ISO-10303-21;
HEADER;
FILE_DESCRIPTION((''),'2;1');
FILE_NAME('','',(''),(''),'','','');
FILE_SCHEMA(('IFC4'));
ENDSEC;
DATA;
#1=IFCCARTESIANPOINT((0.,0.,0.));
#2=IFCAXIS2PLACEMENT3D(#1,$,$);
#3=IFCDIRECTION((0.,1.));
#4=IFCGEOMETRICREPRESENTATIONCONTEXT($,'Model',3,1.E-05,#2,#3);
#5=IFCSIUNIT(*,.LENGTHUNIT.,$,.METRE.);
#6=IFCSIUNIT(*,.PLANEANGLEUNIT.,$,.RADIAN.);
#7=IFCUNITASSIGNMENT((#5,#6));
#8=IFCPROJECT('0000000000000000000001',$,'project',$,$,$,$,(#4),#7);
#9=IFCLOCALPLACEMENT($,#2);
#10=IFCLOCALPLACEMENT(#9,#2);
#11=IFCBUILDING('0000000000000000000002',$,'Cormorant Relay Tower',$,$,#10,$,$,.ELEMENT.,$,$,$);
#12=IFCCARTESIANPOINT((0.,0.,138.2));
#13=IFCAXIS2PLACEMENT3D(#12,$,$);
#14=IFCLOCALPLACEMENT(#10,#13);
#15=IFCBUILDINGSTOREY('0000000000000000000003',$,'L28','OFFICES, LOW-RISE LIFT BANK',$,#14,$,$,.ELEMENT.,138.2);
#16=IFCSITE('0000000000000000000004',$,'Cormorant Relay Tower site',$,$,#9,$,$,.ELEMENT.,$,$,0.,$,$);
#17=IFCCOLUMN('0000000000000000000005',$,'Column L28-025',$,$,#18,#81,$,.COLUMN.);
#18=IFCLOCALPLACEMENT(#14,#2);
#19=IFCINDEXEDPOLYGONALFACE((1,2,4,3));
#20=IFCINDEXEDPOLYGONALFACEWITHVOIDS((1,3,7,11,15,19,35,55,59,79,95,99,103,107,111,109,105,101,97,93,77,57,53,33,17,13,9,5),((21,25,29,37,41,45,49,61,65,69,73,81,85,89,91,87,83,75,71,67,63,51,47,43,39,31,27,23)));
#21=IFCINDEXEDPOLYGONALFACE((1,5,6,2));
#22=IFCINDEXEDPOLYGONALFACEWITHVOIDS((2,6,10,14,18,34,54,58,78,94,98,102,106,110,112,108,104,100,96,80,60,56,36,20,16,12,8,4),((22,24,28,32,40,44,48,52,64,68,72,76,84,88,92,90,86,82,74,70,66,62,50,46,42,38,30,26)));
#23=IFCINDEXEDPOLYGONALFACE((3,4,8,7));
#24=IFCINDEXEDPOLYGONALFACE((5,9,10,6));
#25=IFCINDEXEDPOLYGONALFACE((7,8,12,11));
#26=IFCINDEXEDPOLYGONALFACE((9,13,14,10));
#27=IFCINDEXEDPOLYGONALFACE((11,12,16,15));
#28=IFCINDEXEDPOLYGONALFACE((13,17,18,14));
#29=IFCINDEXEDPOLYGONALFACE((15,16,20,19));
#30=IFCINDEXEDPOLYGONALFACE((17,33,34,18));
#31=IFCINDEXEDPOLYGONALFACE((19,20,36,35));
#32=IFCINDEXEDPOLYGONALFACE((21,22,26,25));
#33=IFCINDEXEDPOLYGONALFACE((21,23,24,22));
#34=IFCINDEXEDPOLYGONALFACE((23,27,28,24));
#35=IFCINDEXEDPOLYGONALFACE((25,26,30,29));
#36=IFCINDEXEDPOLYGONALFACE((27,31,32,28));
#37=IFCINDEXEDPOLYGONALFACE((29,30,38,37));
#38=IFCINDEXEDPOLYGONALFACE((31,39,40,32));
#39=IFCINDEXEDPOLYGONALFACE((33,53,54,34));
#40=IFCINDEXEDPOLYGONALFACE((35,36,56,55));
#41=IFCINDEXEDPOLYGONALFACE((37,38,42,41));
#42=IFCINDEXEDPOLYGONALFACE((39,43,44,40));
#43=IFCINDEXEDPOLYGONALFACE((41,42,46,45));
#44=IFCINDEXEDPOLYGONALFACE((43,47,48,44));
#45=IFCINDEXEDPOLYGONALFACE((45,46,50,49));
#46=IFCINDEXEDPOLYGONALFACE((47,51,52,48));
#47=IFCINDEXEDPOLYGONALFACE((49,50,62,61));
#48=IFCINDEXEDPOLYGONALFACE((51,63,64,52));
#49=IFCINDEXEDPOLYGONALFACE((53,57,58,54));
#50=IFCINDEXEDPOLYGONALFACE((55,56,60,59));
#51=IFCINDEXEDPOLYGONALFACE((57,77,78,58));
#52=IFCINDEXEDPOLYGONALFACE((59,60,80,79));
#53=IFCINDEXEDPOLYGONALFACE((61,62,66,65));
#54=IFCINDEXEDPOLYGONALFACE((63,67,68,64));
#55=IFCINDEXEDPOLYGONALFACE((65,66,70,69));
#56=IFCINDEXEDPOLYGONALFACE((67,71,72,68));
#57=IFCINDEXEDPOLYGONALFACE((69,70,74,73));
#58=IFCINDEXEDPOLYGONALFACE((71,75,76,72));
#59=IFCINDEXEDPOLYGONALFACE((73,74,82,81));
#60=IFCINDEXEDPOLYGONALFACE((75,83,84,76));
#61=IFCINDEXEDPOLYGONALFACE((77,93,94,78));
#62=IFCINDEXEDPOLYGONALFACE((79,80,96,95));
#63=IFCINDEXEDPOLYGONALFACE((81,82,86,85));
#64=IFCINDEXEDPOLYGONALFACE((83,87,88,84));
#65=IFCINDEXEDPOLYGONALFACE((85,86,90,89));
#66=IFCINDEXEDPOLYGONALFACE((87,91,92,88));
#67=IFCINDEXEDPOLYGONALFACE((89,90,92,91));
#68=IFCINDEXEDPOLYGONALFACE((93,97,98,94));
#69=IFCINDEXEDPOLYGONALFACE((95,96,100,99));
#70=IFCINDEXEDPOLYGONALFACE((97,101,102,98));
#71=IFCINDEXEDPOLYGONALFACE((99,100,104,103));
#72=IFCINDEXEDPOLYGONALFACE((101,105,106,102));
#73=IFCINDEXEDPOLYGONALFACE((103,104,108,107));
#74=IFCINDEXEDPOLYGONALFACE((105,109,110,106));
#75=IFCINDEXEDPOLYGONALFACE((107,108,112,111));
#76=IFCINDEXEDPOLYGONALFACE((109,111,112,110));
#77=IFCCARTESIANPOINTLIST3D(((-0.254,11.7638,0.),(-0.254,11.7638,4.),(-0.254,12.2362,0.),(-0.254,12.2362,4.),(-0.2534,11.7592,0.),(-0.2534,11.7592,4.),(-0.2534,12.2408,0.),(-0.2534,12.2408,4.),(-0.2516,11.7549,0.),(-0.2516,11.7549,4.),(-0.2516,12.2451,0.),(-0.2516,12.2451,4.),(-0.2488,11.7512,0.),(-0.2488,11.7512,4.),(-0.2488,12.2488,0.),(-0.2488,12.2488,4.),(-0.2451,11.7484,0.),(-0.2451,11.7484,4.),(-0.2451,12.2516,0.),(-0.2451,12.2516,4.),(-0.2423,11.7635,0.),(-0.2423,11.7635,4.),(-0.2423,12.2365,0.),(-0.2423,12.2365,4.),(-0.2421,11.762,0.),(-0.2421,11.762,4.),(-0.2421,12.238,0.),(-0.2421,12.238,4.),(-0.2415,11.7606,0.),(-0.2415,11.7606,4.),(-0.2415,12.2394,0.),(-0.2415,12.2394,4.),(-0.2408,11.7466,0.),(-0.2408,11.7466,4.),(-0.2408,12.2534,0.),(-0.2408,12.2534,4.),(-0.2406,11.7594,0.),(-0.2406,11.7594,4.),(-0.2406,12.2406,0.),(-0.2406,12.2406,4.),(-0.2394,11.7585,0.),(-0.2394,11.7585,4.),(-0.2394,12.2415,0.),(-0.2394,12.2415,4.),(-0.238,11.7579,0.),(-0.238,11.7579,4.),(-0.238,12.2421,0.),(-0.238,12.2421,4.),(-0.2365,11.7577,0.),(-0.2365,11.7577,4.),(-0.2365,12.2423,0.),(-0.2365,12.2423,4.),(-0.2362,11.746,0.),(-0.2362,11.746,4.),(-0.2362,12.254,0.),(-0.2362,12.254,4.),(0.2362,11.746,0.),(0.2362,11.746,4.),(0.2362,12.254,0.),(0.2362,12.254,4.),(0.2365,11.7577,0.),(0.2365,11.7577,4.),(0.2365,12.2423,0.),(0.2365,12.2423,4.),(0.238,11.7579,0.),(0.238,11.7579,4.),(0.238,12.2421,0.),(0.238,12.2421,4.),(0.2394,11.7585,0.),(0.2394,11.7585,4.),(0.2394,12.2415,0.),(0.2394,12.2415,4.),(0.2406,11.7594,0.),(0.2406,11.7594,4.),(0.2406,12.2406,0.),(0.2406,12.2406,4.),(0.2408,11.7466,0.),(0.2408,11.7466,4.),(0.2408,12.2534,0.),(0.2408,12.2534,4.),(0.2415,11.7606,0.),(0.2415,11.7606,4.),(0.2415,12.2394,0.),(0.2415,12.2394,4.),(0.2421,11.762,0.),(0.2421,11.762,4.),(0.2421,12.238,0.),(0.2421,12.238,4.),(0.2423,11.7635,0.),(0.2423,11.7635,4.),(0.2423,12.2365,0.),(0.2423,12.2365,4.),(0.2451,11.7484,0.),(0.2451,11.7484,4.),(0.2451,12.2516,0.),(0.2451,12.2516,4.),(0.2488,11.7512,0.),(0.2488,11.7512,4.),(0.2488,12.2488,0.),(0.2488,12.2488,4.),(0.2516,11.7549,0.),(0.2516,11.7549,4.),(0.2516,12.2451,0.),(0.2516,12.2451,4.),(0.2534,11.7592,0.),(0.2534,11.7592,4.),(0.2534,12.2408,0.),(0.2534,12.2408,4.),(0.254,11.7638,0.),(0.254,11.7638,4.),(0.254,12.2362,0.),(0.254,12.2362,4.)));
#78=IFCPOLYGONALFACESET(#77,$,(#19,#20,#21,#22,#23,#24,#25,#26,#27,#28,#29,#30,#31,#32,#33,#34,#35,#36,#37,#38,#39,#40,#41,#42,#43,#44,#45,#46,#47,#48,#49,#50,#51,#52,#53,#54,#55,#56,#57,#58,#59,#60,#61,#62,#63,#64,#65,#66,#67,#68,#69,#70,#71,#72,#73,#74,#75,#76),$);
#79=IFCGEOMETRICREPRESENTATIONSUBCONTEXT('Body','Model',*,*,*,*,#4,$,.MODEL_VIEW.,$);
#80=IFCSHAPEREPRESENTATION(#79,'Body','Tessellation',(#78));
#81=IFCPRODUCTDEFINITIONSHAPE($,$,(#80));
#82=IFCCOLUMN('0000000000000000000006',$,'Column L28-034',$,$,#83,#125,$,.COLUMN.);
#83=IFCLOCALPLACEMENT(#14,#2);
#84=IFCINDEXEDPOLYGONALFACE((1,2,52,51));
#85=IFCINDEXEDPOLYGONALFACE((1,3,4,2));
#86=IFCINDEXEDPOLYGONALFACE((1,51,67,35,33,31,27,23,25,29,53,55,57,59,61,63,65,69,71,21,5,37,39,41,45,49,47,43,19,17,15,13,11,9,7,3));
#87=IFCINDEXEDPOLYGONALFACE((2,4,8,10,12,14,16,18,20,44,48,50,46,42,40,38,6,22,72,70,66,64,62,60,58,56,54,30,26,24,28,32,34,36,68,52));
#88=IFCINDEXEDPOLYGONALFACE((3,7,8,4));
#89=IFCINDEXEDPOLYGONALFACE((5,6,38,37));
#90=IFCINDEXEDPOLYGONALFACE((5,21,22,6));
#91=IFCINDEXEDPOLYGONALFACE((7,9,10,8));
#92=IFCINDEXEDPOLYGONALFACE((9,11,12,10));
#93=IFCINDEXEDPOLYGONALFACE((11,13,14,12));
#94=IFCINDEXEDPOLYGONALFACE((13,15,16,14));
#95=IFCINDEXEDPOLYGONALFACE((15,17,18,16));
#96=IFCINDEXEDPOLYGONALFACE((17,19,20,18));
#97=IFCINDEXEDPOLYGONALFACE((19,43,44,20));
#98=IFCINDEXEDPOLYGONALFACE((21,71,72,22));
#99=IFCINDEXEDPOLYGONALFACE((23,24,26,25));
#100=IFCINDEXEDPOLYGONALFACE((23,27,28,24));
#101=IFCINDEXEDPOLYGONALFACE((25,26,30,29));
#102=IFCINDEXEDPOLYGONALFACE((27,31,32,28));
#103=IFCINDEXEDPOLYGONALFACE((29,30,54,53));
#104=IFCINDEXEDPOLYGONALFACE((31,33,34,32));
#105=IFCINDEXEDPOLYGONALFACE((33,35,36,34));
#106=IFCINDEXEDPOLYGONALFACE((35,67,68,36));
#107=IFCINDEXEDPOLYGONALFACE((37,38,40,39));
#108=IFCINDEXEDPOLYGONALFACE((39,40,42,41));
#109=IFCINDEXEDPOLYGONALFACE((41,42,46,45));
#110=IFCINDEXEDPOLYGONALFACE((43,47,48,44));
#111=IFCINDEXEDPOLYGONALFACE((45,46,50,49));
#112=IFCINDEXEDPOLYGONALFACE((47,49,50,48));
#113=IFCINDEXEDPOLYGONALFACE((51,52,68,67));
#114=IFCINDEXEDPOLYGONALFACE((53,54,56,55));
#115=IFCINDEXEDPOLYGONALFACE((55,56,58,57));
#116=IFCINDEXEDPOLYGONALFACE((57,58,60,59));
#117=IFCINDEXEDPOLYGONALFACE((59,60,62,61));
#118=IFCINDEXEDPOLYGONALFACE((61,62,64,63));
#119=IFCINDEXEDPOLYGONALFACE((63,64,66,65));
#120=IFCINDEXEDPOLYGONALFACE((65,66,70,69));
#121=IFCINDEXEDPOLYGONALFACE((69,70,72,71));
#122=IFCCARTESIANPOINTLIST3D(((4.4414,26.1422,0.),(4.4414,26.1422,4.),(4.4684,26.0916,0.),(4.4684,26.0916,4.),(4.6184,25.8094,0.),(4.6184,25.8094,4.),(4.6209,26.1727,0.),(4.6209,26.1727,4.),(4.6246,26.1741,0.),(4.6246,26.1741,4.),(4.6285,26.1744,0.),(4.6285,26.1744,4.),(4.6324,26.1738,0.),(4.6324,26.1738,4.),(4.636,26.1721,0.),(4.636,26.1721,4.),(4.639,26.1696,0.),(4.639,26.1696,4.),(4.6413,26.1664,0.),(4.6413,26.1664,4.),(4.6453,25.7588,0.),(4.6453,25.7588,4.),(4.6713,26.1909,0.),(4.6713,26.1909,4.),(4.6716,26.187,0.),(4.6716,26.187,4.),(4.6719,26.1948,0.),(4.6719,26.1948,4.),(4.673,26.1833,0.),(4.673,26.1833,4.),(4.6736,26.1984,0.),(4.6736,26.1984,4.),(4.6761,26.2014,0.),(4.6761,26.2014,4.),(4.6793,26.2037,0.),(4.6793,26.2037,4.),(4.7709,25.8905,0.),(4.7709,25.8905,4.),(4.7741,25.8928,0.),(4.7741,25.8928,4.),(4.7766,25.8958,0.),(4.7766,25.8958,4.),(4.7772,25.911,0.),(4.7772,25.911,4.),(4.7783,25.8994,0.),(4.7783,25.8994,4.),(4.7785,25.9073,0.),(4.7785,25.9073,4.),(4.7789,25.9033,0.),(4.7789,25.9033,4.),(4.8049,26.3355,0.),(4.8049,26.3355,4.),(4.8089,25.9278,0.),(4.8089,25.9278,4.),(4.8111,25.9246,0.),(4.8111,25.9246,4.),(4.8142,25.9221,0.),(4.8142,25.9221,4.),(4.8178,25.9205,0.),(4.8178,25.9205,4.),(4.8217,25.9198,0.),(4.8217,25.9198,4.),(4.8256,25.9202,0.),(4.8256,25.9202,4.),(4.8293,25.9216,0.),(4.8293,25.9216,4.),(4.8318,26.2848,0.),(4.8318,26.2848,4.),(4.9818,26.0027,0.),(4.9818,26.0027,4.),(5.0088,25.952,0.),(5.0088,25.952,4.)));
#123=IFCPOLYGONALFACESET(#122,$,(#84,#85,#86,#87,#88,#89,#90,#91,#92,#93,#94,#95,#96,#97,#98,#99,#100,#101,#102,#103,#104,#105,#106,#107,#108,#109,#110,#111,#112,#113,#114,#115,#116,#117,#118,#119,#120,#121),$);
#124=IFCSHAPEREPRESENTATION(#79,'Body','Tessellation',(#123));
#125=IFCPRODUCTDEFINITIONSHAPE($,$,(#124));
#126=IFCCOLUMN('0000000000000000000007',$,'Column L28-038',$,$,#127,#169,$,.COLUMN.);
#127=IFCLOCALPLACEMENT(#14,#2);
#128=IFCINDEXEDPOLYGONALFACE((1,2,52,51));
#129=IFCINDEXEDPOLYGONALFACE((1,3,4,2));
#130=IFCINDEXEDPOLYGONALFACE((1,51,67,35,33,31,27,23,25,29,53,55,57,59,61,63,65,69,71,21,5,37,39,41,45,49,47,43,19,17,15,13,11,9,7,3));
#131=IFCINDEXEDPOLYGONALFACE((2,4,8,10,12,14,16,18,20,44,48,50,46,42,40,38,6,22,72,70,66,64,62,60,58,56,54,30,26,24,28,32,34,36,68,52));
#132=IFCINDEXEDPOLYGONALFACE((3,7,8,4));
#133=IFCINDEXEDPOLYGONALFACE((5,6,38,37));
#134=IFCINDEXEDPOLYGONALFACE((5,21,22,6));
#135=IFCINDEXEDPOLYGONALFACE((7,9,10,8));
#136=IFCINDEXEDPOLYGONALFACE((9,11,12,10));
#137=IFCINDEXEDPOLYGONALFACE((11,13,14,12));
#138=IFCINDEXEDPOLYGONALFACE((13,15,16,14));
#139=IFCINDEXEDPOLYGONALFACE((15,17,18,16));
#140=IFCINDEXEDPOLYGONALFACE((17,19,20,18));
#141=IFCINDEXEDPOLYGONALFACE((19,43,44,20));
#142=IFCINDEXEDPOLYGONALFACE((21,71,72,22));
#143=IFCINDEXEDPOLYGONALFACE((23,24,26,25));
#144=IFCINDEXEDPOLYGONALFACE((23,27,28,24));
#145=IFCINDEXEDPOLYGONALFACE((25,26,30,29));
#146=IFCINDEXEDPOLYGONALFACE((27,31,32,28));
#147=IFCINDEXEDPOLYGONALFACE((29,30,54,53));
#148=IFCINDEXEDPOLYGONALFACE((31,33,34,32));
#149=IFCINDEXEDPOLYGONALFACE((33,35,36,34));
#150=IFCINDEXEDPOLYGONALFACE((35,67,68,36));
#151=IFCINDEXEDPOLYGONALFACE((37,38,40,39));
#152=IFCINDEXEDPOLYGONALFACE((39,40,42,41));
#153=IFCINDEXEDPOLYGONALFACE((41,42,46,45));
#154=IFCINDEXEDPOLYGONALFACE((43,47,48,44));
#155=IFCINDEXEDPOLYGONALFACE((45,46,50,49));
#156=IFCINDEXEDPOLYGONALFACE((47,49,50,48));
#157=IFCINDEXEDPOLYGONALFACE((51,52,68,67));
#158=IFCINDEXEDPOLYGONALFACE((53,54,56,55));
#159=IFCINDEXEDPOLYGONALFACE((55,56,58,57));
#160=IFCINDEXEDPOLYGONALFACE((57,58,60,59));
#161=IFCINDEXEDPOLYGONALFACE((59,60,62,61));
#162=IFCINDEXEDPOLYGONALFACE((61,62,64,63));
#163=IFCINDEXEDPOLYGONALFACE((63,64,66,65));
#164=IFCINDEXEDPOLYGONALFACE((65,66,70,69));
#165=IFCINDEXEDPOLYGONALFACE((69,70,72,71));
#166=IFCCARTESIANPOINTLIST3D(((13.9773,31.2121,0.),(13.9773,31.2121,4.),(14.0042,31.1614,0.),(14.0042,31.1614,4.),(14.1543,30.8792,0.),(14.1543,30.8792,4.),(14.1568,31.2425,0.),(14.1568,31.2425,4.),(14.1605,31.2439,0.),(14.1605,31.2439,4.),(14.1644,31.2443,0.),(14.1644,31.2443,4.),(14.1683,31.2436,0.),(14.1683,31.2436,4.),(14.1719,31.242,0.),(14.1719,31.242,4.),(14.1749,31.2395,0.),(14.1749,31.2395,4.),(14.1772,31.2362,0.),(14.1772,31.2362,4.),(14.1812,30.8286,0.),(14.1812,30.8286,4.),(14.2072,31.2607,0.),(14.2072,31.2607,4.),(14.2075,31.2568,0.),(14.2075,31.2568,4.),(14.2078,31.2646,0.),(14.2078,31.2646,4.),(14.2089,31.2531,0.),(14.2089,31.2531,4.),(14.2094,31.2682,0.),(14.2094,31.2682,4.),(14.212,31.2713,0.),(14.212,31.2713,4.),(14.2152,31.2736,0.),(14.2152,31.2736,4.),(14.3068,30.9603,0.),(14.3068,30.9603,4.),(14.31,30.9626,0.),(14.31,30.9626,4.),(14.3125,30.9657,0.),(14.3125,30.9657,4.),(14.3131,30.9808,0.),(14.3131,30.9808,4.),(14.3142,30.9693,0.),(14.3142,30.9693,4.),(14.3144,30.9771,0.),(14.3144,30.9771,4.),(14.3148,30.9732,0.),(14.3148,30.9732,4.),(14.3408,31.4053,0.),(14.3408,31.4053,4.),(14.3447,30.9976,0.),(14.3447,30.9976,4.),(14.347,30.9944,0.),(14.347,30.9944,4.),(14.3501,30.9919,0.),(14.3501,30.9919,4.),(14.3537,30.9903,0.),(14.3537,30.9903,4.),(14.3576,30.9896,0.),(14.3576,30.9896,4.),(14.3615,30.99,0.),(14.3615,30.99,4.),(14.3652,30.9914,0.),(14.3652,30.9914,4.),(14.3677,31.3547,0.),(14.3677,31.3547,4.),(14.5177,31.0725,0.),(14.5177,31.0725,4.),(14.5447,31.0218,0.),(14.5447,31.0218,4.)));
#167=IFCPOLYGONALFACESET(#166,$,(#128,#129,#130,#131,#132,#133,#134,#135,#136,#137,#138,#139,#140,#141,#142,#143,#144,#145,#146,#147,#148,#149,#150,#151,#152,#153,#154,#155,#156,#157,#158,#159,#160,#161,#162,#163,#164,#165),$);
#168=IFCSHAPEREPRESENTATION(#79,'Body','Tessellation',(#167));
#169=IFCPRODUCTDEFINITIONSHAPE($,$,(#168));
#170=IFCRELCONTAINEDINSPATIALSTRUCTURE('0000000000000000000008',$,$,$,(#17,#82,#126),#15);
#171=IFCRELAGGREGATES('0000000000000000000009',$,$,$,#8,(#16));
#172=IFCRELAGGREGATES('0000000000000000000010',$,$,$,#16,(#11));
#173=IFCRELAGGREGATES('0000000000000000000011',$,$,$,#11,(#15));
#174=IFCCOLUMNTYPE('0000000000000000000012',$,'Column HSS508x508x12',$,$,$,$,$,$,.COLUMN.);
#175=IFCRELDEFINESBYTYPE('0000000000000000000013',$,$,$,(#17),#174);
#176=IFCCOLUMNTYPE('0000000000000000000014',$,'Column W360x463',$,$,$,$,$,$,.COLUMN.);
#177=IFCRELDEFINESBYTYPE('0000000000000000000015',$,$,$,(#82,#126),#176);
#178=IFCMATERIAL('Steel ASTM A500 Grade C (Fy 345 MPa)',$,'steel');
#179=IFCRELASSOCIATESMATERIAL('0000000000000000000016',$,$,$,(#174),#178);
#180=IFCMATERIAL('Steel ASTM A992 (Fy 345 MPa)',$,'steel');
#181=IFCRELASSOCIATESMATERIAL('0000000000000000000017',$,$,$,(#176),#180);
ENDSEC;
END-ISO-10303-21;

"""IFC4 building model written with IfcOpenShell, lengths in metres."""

from ifc_helpers import new_model, si_unit, direction, frame, origin, origin_2d, place, context, subcontext, project, spatial, hollow_rectangle, i_section, extrude, material, material_profile, profile_set, type_object, element, save


model = new_model("IFC4")

# Units and contexts
model_context = context("Model", 3, precision=1e-05, world=origin(), true_north=direction((0.0, 1.0)))
body_context = subcontext(model_context, "Body", "Model", "MODEL_VIEW")
ifc_project = project(units=[si_unit("LENGTHUNIT", "METRE"), si_unit("PLANEANGLEUNIT", "RADIAN")], contexts=[model_context])

# Site, building, storey
site_placement = place(None, origin())
site = spatial("IfcSite", under=ifc_project, at=site_placement, Name="Cormorant Relay Tower site", CompositionType="ELEMENT", RefElevation=0.0)
building_placement = place(site_placement, origin())
building = spatial("IfcBuilding", under=site, at=building_placement, Name="Cormorant Relay Tower", CompositionType="ELEMENT")
storey_placement = place(building_placement, frame((0.0, 0.0, 138.2)))
storey = spatial("IfcBuildingStorey", under=building, at=storey_placement, Name="L28", Description="OFFICES, LOW-RISE LIFT BANK", CompositionType="ELEMENT", Elevation=138.2)

# Columns
ifc_material_1 = material(Name="Steel ASTM A500 Grade C (Fy 345 MPa)", Category="steel")
ifc_material_profile_1 = material_profile(ifc_material_1, hollow_rectangle(XDim=0.5081, YDim=0.5081, WallThickness=0.0117, InnerFilletRadius=0.0059, OuterFilletRadius=0.0178, at=origin_2d()), Name="HSS508x508x12")
ifc_profile_set_1 = profile_set([ifc_material_profile_1], Name="Steel ASTM A500 Grade C (Fy 345 MPa)")
column_type_1 = type_object("IfcColumnType", Name="Column HSS508x508x12", PredefinedType="COLUMN", material=ifc_profile_set_1)
column_1_placement = place(storey_placement, frame((0.0, 12.0, 0.0), z_axis=(0.0, 0.0, 1.0), x_axis=(1.0, 0.0, 0.0)))
element("IfcColumn", 1, at=column_1_placement, inside=storey, type_object=column_type_1, Name="Column L28-025", PredefinedType="COLUMN", context=body_context, shape_type="SweptSolid", body=[
    extrude(hollow_rectangle(XDim=0.5081, YDim=0.5081, WallThickness=0.0117, InnerFilletRadius=0.0059, OuterFilletRadius=0.0178, at=origin_2d()), origin(), (0.0, 0.0, 1.0), 4.0),
])
ifc_material_2 = material(Name="Steel ASTM A992 (Fy 345 MPa)", Category="steel")
ifc_material_profile_2 = material_profile(ifc_material_2, i_section(OverallWidth=0.4116, OverallDepth=0.4343, WebThickness=0.0359, FlangeThickness=0.0574, FilletRadius=0.0151, at=origin_2d()), Name="W360x463")
ifc_profile_set_2 = profile_set([ifc_material_profile_2], Name="Steel ASTM A992 (Fy 345 MPa)")
column_type_2 = type_object("IfcColumnType", Name="Column W360x463", PredefinedType="COLUMN", material=ifc_profile_set_2)
for number, where, z_axis, x_axis, name in (
    (2, (4.7251, 26.0471, 0.0), (0.0, 0.0, 1.0), (-0.882948, -0.469472, 0.0), "Column L28-034"),
    (3, (14.261, 31.1169, 0.0), (0.0, 0.0, 1.0), (-0.882948, -0.469472, 0.0), "Column L28-038"),
):
    element("IfcColumn", number, at=place(storey_placement, frame(where, z_axis=z_axis, x_axis=x_axis)), inside=storey, type_object=column_type_2, Name=name, PredefinedType="COLUMN", context=body_context, shape_type="SweptSolid", body=[
        extrude(i_section(OverallWidth=0.4116, OverallDepth=0.4343, WebThickness=0.0359, FlangeThickness=0.0574, FilletRadius=0.0151, at=origin_2d()), origin(), (0.0, 0.0, 1.0), 4.0),
    ])

save(model, "model.ifc")
